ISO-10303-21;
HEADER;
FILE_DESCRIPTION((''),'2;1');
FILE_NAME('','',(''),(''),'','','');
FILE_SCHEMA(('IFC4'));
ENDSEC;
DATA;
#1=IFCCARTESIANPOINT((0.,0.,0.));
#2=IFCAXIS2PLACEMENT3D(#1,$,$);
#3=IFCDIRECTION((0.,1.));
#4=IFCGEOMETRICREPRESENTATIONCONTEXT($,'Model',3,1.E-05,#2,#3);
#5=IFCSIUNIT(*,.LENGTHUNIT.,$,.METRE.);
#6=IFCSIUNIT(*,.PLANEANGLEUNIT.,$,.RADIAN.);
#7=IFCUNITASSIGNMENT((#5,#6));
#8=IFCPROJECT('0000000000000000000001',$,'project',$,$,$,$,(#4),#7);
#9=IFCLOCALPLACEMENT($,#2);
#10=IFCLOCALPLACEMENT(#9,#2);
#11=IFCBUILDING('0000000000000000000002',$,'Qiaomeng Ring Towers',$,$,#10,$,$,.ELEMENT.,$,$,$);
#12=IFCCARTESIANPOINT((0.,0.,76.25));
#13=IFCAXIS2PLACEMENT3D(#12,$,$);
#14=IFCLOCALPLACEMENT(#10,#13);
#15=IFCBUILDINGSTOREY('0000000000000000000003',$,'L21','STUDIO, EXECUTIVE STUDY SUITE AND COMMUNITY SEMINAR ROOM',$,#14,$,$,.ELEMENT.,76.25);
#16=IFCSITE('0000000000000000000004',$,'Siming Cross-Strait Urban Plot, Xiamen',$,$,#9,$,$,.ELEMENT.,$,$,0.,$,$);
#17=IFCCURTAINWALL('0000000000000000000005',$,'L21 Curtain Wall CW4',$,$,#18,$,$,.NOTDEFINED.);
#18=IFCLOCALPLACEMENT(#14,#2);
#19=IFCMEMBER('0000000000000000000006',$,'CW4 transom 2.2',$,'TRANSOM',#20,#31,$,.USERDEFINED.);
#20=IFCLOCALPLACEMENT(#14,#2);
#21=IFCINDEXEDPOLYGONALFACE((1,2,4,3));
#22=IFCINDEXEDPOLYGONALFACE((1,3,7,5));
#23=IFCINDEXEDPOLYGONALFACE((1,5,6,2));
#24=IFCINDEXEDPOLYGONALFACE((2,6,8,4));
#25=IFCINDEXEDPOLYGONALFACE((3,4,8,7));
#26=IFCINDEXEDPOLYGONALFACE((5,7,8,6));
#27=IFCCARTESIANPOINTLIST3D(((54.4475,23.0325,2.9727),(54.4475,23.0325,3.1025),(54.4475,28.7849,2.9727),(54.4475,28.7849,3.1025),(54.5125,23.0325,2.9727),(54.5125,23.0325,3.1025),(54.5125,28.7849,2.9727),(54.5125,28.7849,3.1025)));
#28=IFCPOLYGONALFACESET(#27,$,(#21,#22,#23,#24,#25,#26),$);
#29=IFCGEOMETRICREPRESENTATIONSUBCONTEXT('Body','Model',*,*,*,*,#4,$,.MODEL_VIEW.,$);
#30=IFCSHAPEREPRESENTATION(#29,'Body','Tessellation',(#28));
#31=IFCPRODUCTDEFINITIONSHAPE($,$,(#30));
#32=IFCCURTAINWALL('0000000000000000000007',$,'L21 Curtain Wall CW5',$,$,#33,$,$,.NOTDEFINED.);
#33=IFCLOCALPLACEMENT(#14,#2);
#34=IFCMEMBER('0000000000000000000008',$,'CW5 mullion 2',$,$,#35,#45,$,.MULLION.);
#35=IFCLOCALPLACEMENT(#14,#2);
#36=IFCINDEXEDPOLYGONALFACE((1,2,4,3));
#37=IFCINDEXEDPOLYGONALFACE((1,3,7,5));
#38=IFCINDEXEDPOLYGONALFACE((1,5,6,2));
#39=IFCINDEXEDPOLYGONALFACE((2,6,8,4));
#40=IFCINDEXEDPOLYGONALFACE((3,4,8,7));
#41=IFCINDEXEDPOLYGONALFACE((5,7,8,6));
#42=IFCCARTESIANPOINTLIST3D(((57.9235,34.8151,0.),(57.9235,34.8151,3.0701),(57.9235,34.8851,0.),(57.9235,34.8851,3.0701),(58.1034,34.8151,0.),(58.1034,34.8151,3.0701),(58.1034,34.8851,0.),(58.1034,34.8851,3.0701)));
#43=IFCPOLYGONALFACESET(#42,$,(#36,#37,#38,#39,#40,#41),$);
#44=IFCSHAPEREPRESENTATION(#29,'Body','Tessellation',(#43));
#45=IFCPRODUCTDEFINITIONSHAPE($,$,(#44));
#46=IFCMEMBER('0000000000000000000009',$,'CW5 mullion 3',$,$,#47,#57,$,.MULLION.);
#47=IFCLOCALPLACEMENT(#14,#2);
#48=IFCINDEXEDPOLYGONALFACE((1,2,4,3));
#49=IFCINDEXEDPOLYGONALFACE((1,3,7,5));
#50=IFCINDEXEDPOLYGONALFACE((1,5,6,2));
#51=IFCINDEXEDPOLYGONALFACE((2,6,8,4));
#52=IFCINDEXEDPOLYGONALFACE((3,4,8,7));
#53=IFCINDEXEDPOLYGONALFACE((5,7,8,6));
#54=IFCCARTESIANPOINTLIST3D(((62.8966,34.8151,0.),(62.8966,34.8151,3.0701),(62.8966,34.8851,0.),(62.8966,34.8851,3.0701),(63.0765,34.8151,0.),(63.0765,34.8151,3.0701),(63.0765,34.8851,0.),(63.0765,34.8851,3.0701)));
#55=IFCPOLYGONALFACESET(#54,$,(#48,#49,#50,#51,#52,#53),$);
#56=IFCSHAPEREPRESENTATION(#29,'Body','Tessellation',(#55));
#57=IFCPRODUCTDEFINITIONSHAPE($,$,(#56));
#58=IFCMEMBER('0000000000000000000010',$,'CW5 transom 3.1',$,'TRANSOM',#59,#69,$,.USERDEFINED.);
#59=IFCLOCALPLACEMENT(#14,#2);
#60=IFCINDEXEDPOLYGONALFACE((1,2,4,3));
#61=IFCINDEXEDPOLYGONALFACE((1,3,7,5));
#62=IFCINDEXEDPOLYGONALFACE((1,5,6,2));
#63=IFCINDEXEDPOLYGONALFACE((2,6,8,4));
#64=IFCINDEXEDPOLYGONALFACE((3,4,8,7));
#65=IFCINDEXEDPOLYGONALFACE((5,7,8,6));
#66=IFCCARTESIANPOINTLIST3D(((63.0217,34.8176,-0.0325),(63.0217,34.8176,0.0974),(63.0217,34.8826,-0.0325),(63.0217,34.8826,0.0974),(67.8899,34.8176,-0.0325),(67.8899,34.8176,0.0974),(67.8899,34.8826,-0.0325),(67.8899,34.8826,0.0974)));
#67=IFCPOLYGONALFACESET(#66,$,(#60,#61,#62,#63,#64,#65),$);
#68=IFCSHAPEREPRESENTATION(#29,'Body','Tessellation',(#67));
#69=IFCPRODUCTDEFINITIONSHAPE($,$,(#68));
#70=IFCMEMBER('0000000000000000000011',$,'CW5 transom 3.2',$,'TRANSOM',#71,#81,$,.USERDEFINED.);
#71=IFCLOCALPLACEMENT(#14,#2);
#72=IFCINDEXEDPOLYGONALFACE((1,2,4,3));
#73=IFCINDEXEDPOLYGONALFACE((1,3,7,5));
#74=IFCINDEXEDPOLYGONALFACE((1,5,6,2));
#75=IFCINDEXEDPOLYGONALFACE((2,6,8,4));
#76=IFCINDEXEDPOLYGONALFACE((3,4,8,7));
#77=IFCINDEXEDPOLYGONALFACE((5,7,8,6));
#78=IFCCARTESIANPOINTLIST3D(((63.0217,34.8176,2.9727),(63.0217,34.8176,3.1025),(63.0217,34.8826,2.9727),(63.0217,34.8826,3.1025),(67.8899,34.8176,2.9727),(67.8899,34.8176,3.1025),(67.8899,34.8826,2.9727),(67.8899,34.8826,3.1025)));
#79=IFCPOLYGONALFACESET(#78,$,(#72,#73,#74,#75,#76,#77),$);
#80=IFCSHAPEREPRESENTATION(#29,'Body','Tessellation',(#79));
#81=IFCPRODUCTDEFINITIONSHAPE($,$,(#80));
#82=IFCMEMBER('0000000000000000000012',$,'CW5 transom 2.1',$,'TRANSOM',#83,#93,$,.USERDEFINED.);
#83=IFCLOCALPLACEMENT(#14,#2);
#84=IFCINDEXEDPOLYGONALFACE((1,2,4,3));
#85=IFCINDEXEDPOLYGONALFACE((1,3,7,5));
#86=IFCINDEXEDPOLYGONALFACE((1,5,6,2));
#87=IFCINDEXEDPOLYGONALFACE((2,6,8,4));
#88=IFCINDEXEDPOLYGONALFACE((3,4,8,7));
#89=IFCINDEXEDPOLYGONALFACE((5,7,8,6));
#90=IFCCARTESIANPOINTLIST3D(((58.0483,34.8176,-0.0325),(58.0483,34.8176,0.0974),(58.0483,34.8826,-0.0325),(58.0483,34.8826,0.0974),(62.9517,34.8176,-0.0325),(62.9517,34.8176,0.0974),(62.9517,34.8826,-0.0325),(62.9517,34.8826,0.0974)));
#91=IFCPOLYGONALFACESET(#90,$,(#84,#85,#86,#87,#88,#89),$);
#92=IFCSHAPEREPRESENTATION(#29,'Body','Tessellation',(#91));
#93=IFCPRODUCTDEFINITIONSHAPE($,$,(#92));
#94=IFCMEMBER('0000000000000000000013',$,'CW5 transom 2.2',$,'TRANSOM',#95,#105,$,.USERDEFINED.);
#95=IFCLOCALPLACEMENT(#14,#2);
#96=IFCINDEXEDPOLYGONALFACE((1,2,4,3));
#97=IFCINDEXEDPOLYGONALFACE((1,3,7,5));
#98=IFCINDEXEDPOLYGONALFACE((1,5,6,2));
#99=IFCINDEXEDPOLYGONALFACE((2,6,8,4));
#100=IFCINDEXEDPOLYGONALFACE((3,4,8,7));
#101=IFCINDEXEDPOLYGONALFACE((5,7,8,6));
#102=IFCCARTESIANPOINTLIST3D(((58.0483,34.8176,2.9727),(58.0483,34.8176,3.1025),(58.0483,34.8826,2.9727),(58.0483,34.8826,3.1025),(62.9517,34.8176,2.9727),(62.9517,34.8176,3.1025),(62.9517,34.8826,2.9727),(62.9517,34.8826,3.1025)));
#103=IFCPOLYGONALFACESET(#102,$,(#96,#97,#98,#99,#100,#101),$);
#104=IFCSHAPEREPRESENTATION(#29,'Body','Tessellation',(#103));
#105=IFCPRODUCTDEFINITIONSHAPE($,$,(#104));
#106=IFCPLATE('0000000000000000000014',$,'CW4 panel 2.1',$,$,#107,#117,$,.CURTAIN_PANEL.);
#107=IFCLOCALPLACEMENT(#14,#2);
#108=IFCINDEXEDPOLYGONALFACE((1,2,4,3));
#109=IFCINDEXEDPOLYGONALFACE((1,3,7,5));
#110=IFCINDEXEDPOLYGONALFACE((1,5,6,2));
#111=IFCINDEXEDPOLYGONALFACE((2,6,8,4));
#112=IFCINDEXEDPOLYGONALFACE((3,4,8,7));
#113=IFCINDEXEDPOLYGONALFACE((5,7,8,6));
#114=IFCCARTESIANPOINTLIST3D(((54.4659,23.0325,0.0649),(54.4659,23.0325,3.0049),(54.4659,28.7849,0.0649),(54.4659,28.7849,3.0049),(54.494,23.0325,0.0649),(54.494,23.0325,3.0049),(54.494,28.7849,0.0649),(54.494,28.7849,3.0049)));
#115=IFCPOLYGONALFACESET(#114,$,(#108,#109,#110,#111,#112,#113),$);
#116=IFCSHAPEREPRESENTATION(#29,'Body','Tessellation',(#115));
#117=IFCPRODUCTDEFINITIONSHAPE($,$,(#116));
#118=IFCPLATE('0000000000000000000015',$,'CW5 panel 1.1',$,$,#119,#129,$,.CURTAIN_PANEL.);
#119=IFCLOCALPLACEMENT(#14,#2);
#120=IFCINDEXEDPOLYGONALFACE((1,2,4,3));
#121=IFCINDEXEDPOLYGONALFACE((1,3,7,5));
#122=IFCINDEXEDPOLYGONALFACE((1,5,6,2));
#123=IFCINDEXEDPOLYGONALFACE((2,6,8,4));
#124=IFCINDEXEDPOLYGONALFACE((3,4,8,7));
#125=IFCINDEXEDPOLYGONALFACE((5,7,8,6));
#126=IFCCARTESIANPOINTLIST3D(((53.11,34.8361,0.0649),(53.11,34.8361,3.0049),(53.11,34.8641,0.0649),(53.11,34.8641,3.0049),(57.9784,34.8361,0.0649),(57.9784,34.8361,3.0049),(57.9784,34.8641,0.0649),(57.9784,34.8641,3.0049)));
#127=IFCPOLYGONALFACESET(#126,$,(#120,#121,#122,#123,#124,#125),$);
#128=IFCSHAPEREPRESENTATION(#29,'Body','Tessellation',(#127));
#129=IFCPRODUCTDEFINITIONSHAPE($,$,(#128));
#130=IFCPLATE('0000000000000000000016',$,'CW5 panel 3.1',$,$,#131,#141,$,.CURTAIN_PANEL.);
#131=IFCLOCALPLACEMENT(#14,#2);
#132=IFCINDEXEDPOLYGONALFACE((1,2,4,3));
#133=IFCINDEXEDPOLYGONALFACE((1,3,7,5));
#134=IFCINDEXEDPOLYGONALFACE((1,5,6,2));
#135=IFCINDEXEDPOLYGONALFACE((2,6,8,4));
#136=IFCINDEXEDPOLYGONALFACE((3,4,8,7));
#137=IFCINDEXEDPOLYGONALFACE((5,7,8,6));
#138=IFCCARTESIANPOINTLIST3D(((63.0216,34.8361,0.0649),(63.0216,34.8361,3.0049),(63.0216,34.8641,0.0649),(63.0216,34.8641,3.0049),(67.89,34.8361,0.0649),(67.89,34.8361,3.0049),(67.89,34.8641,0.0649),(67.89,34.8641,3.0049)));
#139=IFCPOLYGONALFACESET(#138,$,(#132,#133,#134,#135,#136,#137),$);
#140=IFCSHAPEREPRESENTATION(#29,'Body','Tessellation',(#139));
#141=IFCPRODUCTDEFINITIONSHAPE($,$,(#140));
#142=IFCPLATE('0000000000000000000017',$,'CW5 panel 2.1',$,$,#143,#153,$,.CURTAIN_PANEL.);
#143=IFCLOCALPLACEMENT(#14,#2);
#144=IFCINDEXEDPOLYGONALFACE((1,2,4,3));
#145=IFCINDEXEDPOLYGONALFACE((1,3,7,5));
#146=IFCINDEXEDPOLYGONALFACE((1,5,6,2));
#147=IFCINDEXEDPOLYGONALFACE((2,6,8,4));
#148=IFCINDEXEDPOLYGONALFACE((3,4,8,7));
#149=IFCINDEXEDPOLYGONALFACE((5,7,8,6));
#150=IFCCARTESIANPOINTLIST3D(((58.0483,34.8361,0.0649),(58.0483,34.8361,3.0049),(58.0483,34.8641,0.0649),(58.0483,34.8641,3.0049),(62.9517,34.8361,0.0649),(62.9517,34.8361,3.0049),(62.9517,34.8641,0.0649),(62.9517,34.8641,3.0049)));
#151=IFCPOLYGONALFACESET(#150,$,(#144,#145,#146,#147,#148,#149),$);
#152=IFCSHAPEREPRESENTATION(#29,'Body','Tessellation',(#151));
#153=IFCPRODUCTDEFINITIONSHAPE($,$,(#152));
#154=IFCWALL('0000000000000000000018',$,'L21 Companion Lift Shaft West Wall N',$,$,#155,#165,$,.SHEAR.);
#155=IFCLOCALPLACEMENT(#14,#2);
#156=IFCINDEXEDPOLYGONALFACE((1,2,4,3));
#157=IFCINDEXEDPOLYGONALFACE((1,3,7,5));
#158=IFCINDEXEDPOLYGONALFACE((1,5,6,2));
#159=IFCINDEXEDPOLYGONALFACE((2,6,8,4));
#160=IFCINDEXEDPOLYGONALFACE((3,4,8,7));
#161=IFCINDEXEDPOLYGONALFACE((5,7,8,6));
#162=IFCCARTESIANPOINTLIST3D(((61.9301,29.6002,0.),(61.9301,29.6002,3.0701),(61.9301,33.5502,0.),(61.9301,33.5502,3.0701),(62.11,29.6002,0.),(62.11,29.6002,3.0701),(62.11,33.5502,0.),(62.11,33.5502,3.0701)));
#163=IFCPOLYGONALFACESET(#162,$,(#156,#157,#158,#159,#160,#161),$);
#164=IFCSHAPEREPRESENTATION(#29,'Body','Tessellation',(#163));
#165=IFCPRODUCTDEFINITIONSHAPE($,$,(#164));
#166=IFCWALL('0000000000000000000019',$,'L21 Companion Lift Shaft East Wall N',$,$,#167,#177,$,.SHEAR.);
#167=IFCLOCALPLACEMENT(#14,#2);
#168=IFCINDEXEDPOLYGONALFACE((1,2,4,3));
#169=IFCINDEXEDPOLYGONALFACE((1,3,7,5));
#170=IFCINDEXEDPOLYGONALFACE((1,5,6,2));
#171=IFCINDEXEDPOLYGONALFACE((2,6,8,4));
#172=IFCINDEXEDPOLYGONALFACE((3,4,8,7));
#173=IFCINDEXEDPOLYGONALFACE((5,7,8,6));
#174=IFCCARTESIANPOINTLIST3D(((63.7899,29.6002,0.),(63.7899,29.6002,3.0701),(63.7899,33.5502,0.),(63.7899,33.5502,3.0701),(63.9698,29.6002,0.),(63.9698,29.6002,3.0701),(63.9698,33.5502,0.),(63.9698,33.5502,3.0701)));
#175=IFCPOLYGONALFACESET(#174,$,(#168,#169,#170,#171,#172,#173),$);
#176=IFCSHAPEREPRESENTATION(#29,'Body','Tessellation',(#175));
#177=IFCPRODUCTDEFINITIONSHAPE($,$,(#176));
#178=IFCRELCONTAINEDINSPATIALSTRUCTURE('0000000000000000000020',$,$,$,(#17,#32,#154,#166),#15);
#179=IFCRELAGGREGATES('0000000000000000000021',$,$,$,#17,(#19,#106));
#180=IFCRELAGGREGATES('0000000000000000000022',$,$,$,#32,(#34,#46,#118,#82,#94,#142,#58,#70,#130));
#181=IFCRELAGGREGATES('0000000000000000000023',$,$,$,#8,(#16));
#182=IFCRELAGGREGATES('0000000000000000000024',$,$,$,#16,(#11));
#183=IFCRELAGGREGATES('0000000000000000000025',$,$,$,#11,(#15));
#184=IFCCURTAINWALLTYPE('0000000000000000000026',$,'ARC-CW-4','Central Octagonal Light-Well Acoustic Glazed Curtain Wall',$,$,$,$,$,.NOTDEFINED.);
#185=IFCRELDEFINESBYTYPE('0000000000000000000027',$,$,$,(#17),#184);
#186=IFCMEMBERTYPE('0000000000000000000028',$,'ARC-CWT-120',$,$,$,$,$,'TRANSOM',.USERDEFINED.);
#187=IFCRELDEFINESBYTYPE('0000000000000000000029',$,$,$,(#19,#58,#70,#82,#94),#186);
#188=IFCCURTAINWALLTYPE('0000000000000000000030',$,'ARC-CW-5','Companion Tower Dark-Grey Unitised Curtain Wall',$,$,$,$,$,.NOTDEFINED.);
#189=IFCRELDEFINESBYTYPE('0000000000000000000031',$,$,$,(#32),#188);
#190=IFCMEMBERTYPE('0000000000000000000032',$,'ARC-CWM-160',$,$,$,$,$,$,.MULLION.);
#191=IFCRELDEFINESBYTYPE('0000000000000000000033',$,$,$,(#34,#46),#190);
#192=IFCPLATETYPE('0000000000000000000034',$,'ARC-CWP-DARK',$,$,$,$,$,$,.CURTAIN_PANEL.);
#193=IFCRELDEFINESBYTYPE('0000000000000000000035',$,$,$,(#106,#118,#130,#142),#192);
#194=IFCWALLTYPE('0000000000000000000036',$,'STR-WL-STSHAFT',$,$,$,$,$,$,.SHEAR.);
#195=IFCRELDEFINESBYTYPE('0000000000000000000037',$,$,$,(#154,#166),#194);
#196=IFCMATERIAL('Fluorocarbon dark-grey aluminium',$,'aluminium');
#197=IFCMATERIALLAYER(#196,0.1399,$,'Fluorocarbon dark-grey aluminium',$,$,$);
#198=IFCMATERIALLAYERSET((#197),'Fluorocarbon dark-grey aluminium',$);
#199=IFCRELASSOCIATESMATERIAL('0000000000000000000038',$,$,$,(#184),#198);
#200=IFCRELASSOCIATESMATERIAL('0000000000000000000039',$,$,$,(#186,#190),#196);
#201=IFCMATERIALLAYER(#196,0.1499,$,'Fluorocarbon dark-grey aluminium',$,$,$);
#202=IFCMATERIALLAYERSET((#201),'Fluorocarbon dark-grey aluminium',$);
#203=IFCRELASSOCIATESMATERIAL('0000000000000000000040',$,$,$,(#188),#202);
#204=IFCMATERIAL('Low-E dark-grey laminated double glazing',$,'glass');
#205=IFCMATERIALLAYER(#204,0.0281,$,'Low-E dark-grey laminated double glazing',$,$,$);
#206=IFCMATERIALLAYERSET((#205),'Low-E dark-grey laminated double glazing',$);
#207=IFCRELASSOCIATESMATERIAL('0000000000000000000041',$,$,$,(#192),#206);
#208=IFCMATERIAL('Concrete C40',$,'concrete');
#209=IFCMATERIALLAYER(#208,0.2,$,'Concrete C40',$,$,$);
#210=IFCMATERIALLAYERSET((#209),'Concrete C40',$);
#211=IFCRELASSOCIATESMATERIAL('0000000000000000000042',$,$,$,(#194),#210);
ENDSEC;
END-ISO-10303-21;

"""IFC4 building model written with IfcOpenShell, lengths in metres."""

from ifc_helpers import new_model, si_unit, direction, frame, frame_2d, origin, origin_2d, place, context, subcontext, project, spatial, rectangle, extrude, source, transform, mapped, material, layer, layer_set, material_profile, profile_set, type_object, element, aggregate, save


model = new_model("IFC4")

# Units and contexts
model_context = context("Model", 3, precision=1e-05, world=origin(), true_north=direction((0.0, 1.0)))
body_context = subcontext(model_context, "Body", "Model", "MODEL_VIEW")
ifc_project = project(units=[si_unit("LENGTHUNIT", "METRE"), si_unit("PLANEANGLEUNIT", "RADIAN")], contexts=[model_context])

# Site, building, storey
site_placement = place(None, origin())
site = spatial("IfcSite", under=ifc_project, at=site_placement, Name="Siming Cross-Strait Urban Plot, Xiamen", CompositionType="ELEMENT", RefElevation=0.0)
building_placement = place(site_placement, origin())
building = spatial("IfcBuilding", under=site, at=building_placement, Name="Qiaomeng Ring Towers", CompositionType="ELEMENT")
storey_placement = place(building_placement, frame((0.0, 0.0, 76.25)))
storey = spatial("IfcBuildingStorey", under=building, at=storey_placement, Name="L21", Description="STUDIO, EXECUTIVE STUDY SUITE AND COMMUNITY SEMINAR ROOM", CompositionType="ELEMENT", Elevation=76.25)

# Curtain wall, member
ifc_material_1 = material(Name="Fluorocarbon dark-grey aluminium", Category="aluminium")
ifc_layer_1 = layer(ifc_material_1, 0.1399, Name="Fluorocarbon dark-grey aluminium")
ifc_layer_set_1 = layer_set([ifc_layer_1], Name="Fluorocarbon dark-grey aluminium")
curtain_wall_type_1 = type_object("IfcCurtainWallType", Name="ARC-CW-4", Description="Central Octagonal Light-Well Acoustic Glazed Curtain Wall", PredefinedType="NOTDEFINED", material=ifc_layer_set_1)
curtain_wall_1_placement = place(storey_placement, origin())
curtain_wall_1 = element("IfcCurtainWall", 1, at=curtain_wall_1_placement, inside=storey, type_object=curtain_wall_type_1, Name="L21 Curtain Wall CW4", PredefinedType="NOTDEFINED")
ifc_material_profile_1 = material_profile(ifc_material_1, rectangle(XDim=0.0649, YDim=0.1299, at=origin_2d()), Name="ALU TRAN 65x130")
ifc_profile_set_1 = profile_set([ifc_material_profile_1], Name="Fluorocarbon dark-grey aluminium")
member_type_1 = type_object("IfcMemberType", Name="ARC-CWT-120", ElementType="TRANSOM", PredefinedType="USERDEFINED", material=ifc_profile_set_1)
shared_shape_1 = source(origin(), body_context, "Body", "SweptSolid", [
    extrude(rectangle(XDim=0.0649, YDim=0.1299, at=origin_2d()), origin(), (0.0, 0.0, 1.0), 5.7524),
])
member_1_placement = place(storey_placement, frame((54.48, 23.0325, 3.0376), z_axis=(0.0, 1.0, 0.0), x_axis=(-1.0, 0.0, 0.0)))
member_1 = element("IfcMember", 2, at=member_1_placement, type_object=member_type_1, Name="CW4 transom 2.2", ObjectType="TRANSOM", PredefinedType="USERDEFINED", context=body_context, shape_type="MappedRepresentation", body=[
    mapped(shared_shape_1, transform((0.0, 0.0, 0.0), x_axis=(1.0, 0.0, 0.0), y_axis=(0.0, 1.0, 0.0), z_axis=(0.0, 0.0, 1.0), scale=1.0)),
])

# Curtain wall, members
ifc_layer_2 = layer(ifc_material_1, 0.1499, Name="Fluorocarbon dark-grey aluminium")
ifc_layer_set_2 = layer_set([ifc_layer_2], Name="Fluorocarbon dark-grey aluminium")
curtain_wall_type_2 = type_object("IfcCurtainWallType", Name="ARC-CW-5", Description="Companion Tower Dark-Grey Unitised Curtain Wall", PredefinedType="NOTDEFINED", material=ifc_layer_set_2)
curtain_wall_2_placement = place(storey_placement, origin())
curtain_wall_2 = element("IfcCurtainWall", 3, at=curtain_wall_2_placement, inside=storey, type_object=curtain_wall_type_2, Name="L21 Curtain Wall CW5", PredefinedType="NOTDEFINED")
ifc_material_profile_2 = material_profile(ifc_material_1, rectangle(XDim=0.0701, YDim=0.1799, at=origin_2d()), Name="ALU MULL 70x180")
ifc_profile_set_2 = profile_set([ifc_material_profile_2], Name="Fluorocarbon dark-grey aluminium")
member_type_2 = type_object("IfcMemberType", Name="ARC-CWM-160", PredefinedType="MULLION", material=ifc_profile_set_2)
shared_shape_2 = source(origin(), body_context, "Body", "SweptSolid", [
    extrude(rectangle(XDim=0.0701, YDim=0.1799, at=origin_2d()), origin(), (0.0, 0.0, 1.0), 3.0701),
])
member_2_placement = place(storey_placement, frame((58.0134, 34.8501, 0.0), z_axis=(0.0, 0.0, 1.0), x_axis=(0.0, 1.0, 0.0)))
member_2 = element("IfcMember", 4, at=member_2_placement, type_object=member_type_2, Name="CW5 mullion 2", PredefinedType="MULLION", context=body_context, shape_type="MappedRepresentation", body=[
    mapped(shared_shape_2, transform((0.0, 0.0, 0.0), x_axis=(1.0, 0.0, 0.0), y_axis=(0.0, 1.0, 0.0), z_axis=(0.0, 0.0, 1.0), scale=1.0)),
])
member_3_placement = place(storey_placement, frame((62.9866, 34.8501, 0.0), z_axis=(0.0, 0.0, 1.0), x_axis=(0.0, 1.0, 0.0)))
member_3 = element("IfcMember", 5, at=member_3_placement, type_object=member_type_2, Name="CW5 mullion 3", PredefinedType="MULLION", context=body_context, shape_type="MappedRepresentation", body=[
    mapped(shared_shape_2, transform((0.0, 0.0, 0.0), x_axis=(1.0, 0.0, 0.0), y_axis=(0.0, 1.0, 0.0), z_axis=(0.0, 0.0, 1.0), scale=1.0)),
])
shared_shape_3 = source(origin(), body_context, "Body", "SweptSolid", [
    extrude(rectangle(XDim=0.0649, YDim=0.1299, at=origin_2d()), origin(), (0.0, 0.0, 1.0), 4.8682),
])
member_4_placement = place(storey_placement, frame((63.0217, 34.8501, 0.0325), z_axis=(1.0, 0.0, 0.0), x_axis=(0.0, 1.0, 0.0)))
member_4 = element("IfcMember", 6, at=member_4_placement, type_object=member_type_1, Name="CW5 transom 3.1", ObjectType="TRANSOM", PredefinedType="USERDEFINED", context=body_context, shape_type="MappedRepresentation", body=[
    mapped(shared_shape_3, transform((0.0, 0.0, 0.0), x_axis=(1.0, 0.0, 0.0), y_axis=(0.0, 1.0, 0.0), z_axis=(0.0, 0.0, 1.0), scale=1.0)),
])
member_5_placement = place(storey_placement, frame((63.0217, 34.8501, 3.0376), z_axis=(1.0, 0.0, 0.0), x_axis=(0.0, 1.0, 0.0)))
member_5 = element("IfcMember", 7, at=member_5_placement, type_object=member_type_1, Name="CW5 transom 3.2", ObjectType="TRANSOM", PredefinedType="USERDEFINED", context=body_context, shape_type="MappedRepresentation", body=[
    mapped(shared_shape_3, transform((0.0, 0.0, 0.0), x_axis=(1.0, 0.0, 0.0), y_axis=(0.0, 1.0, 0.0), z_axis=(0.0, 0.0, 1.0), scale=1.0)),
])
shared_shape_4 = source(origin(), body_context, "Body", "SweptSolid", [
    extrude(rectangle(XDim=0.0649, YDim=0.1299, at=origin_2d()), origin(), (0.0, 0.0, 1.0), 4.9033),
])
member_6_placement = place(storey_placement, frame((58.0483, 34.8501, 0.0325), z_axis=(1.0, 0.0, 0.0), x_axis=(0.0, 1.0, 0.0)))
member_6 = element("IfcMember", 8, at=member_6_placement, type_object=member_type_1, Name="CW5 transom 2.1", ObjectType="TRANSOM", PredefinedType="USERDEFINED", context=body_context, shape_type="MappedRepresentation", body=[
    mapped(shared_shape_4, transform((0.0, 0.0, 0.0), x_axis=(1.0, 0.0, 0.0), y_axis=(0.0, 1.0, 0.0), z_axis=(0.0, 0.0, 1.0), scale=1.0)),
])
member_7_placement = place(storey_placement, frame((58.0483, 34.8501, 3.0376), z_axis=(1.0, 0.0, 0.0), x_axis=(0.0, 1.0, 0.0)))
member_7 = element("IfcMember", 9, at=member_7_placement, type_object=member_type_1, Name="CW5 transom 2.2", ObjectType="TRANSOM", PredefinedType="USERDEFINED", context=body_context, shape_type="MappedRepresentation", body=[
    mapped(shared_shape_4, transform((0.0, 0.0, 0.0), x_axis=(1.0, 0.0, 0.0), y_axis=(0.0, 1.0, 0.0), z_axis=(0.0, 0.0, 1.0), scale=1.0)),
])

# Plates
ifc_material_2 = material(Name="Low-E dark-grey laminated double glazing", Category="glass")
ifc_layer_3 = layer(ifc_material_2, 0.0281, Name="Low-E dark-grey laminated double glazing")
ifc_layer_set_3 = layer_set([ifc_layer_3], Name="Low-E dark-grey laminated double glazing")
plate_type = type_object("IfcPlateType", Name="ARC-CWP-DARK", PredefinedType="CURTAIN_PANEL", material=ifc_layer_set_3)
shared_shape_5 = source(origin(), body_context, "Body", "SweptSolid", [
    extrude(rectangle(XDim=5.7524, YDim=0.0281, at=origin_2d()), origin(), (0.0, 0.0, 1.0), 2.9399),
])
plate_1_placement = place(storey_placement, frame((54.48, 25.9087, 0.0649), z_axis=(0.0, 0.0, 1.0), x_axis=(0.0, 1.0, 0.0)))
plate_1 = element("IfcPlate", 10, at=plate_1_placement, type_object=plate_type, Name="CW4 panel 2.1", PredefinedType="CURTAIN_PANEL", context=body_context, shape_type="MappedRepresentation", body=[
    mapped(shared_shape_5, transform((0.0, 0.0, 0.0), x_axis=(1.0, 0.0, 0.0), y_axis=(0.0, 1.0, 0.0), z_axis=(0.0, 0.0, 1.0), scale=1.0)),
])
aggregate(curtain_wall_1, [member_1, plate_1])
shared_shape_6 = source(origin(), body_context, "Body", "SweptSolid", [
    extrude(rectangle(XDim=4.8684, YDim=0.0281, at=origin_2d()), origin(), (0.0, 0.0, 1.0), 2.9399),
])
plate_2_placement = place(storey_placement, frame((55.5442, 34.8501, 0.0649), z_axis=(0.0, 0.0, 1.0), x_axis=(1.0, 0.0, 0.0)))
plate_2 = element("IfcPlate", 11, at=plate_2_placement, type_object=plate_type, Name="CW5 panel 1.1", PredefinedType="CURTAIN_PANEL", context=body_context, shape_type="MappedRepresentation", body=[
    mapped(shared_shape_6, transform((0.0, 0.0, 0.0), x_axis=(1.0, 0.0, 0.0), y_axis=(0.0, 1.0, 0.0), z_axis=(0.0, 0.0, 1.0), scale=1.0)),
])
plate_3_placement = place(storey_placement, frame((65.4558, 34.8501, 0.0649), z_axis=(0.0, 0.0, 1.0), x_axis=(1.0, 0.0, 0.0)))
plate_3 = element("IfcPlate", 12, at=plate_3_placement, type_object=plate_type, Name="CW5 panel 3.1", PredefinedType="CURTAIN_PANEL", context=body_context, shape_type="MappedRepresentation", body=[
    mapped(shared_shape_6, transform((0.0, 0.0, 0.0), x_axis=(1.0, 0.0, 0.0), y_axis=(0.0, 1.0, 0.0), z_axis=(0.0, 0.0, 1.0), scale=1.0)),
])
shared_shape_7 = source(origin(), body_context, "Body", "SweptSolid", [
    extrude(rectangle(XDim=4.9033, YDim=0.0281, at=origin_2d()), origin(), (0.0, 0.0, 1.0), 2.9399),
])
plate_4_placement = place(storey_placement, frame((60.5, 34.8501, 0.0649), z_axis=(0.0, 0.0, 1.0), x_axis=(1.0, 0.0, 0.0)))
plate_4 = element("IfcPlate", 13, at=plate_4_placement, type_object=plate_type, Name="CW5 panel 2.1", PredefinedType="CURTAIN_PANEL", context=body_context, shape_type="MappedRepresentation", body=[
    mapped(shared_shape_7, transform((0.0, 0.0, 0.0), x_axis=(1.0, 0.0, 0.0), y_axis=(0.0, 1.0, 0.0), z_axis=(0.0, 0.0, 1.0), scale=1.0)),
])
aggregate(curtain_wall_2, [member_2, member_3, plate_2, member_6, member_7, plate_4, member_4, member_5, plate_3])

# Walls
ifc_material_3 = material(Name="Concrete C40", Category="concrete")
ifc_layer_4 = layer(ifc_material_3, 0.2, Name="Concrete C40")
ifc_layer_set_4 = layer_set([ifc_layer_4], Name="Concrete C40")
wall_type_1 = type_object("IfcWallType", Name="STR-WL-STSHAFT", PredefinedType="SHEAR", material=ifc_layer_set_4)
for number, where, z_axis, x_axis, name in (
    (14, (62.02, 29.6001, 0.0), (0.0, 0.0, 1.0), (0.0, 1.0, 0.0), "L21 Companion Lift Shaft West Wall N"),
    (15, (63.8799, 29.6001, 0.0), (0.0, 0.0, 1.0), (0.0, 1.0, 0.0), "L21 Companion Lift Shaft East Wall N"),
):
    element("IfcWall", number, at=place(storey_placement, frame(where, z_axis=z_axis, x_axis=x_axis)), inside=storey, type_object=wall_type_1, Name=name, PredefinedType="SHEAR", context=body_context, shape_type="SweptSolid", body=[
        extrude(rectangle(XDim=3.95, YDim=0.1799, at=frame_2d((1.9751, 0.0))), origin(), (0.0, 0.0, 1.0), 3.0701),
    ])

save(model, "model.ifc")
